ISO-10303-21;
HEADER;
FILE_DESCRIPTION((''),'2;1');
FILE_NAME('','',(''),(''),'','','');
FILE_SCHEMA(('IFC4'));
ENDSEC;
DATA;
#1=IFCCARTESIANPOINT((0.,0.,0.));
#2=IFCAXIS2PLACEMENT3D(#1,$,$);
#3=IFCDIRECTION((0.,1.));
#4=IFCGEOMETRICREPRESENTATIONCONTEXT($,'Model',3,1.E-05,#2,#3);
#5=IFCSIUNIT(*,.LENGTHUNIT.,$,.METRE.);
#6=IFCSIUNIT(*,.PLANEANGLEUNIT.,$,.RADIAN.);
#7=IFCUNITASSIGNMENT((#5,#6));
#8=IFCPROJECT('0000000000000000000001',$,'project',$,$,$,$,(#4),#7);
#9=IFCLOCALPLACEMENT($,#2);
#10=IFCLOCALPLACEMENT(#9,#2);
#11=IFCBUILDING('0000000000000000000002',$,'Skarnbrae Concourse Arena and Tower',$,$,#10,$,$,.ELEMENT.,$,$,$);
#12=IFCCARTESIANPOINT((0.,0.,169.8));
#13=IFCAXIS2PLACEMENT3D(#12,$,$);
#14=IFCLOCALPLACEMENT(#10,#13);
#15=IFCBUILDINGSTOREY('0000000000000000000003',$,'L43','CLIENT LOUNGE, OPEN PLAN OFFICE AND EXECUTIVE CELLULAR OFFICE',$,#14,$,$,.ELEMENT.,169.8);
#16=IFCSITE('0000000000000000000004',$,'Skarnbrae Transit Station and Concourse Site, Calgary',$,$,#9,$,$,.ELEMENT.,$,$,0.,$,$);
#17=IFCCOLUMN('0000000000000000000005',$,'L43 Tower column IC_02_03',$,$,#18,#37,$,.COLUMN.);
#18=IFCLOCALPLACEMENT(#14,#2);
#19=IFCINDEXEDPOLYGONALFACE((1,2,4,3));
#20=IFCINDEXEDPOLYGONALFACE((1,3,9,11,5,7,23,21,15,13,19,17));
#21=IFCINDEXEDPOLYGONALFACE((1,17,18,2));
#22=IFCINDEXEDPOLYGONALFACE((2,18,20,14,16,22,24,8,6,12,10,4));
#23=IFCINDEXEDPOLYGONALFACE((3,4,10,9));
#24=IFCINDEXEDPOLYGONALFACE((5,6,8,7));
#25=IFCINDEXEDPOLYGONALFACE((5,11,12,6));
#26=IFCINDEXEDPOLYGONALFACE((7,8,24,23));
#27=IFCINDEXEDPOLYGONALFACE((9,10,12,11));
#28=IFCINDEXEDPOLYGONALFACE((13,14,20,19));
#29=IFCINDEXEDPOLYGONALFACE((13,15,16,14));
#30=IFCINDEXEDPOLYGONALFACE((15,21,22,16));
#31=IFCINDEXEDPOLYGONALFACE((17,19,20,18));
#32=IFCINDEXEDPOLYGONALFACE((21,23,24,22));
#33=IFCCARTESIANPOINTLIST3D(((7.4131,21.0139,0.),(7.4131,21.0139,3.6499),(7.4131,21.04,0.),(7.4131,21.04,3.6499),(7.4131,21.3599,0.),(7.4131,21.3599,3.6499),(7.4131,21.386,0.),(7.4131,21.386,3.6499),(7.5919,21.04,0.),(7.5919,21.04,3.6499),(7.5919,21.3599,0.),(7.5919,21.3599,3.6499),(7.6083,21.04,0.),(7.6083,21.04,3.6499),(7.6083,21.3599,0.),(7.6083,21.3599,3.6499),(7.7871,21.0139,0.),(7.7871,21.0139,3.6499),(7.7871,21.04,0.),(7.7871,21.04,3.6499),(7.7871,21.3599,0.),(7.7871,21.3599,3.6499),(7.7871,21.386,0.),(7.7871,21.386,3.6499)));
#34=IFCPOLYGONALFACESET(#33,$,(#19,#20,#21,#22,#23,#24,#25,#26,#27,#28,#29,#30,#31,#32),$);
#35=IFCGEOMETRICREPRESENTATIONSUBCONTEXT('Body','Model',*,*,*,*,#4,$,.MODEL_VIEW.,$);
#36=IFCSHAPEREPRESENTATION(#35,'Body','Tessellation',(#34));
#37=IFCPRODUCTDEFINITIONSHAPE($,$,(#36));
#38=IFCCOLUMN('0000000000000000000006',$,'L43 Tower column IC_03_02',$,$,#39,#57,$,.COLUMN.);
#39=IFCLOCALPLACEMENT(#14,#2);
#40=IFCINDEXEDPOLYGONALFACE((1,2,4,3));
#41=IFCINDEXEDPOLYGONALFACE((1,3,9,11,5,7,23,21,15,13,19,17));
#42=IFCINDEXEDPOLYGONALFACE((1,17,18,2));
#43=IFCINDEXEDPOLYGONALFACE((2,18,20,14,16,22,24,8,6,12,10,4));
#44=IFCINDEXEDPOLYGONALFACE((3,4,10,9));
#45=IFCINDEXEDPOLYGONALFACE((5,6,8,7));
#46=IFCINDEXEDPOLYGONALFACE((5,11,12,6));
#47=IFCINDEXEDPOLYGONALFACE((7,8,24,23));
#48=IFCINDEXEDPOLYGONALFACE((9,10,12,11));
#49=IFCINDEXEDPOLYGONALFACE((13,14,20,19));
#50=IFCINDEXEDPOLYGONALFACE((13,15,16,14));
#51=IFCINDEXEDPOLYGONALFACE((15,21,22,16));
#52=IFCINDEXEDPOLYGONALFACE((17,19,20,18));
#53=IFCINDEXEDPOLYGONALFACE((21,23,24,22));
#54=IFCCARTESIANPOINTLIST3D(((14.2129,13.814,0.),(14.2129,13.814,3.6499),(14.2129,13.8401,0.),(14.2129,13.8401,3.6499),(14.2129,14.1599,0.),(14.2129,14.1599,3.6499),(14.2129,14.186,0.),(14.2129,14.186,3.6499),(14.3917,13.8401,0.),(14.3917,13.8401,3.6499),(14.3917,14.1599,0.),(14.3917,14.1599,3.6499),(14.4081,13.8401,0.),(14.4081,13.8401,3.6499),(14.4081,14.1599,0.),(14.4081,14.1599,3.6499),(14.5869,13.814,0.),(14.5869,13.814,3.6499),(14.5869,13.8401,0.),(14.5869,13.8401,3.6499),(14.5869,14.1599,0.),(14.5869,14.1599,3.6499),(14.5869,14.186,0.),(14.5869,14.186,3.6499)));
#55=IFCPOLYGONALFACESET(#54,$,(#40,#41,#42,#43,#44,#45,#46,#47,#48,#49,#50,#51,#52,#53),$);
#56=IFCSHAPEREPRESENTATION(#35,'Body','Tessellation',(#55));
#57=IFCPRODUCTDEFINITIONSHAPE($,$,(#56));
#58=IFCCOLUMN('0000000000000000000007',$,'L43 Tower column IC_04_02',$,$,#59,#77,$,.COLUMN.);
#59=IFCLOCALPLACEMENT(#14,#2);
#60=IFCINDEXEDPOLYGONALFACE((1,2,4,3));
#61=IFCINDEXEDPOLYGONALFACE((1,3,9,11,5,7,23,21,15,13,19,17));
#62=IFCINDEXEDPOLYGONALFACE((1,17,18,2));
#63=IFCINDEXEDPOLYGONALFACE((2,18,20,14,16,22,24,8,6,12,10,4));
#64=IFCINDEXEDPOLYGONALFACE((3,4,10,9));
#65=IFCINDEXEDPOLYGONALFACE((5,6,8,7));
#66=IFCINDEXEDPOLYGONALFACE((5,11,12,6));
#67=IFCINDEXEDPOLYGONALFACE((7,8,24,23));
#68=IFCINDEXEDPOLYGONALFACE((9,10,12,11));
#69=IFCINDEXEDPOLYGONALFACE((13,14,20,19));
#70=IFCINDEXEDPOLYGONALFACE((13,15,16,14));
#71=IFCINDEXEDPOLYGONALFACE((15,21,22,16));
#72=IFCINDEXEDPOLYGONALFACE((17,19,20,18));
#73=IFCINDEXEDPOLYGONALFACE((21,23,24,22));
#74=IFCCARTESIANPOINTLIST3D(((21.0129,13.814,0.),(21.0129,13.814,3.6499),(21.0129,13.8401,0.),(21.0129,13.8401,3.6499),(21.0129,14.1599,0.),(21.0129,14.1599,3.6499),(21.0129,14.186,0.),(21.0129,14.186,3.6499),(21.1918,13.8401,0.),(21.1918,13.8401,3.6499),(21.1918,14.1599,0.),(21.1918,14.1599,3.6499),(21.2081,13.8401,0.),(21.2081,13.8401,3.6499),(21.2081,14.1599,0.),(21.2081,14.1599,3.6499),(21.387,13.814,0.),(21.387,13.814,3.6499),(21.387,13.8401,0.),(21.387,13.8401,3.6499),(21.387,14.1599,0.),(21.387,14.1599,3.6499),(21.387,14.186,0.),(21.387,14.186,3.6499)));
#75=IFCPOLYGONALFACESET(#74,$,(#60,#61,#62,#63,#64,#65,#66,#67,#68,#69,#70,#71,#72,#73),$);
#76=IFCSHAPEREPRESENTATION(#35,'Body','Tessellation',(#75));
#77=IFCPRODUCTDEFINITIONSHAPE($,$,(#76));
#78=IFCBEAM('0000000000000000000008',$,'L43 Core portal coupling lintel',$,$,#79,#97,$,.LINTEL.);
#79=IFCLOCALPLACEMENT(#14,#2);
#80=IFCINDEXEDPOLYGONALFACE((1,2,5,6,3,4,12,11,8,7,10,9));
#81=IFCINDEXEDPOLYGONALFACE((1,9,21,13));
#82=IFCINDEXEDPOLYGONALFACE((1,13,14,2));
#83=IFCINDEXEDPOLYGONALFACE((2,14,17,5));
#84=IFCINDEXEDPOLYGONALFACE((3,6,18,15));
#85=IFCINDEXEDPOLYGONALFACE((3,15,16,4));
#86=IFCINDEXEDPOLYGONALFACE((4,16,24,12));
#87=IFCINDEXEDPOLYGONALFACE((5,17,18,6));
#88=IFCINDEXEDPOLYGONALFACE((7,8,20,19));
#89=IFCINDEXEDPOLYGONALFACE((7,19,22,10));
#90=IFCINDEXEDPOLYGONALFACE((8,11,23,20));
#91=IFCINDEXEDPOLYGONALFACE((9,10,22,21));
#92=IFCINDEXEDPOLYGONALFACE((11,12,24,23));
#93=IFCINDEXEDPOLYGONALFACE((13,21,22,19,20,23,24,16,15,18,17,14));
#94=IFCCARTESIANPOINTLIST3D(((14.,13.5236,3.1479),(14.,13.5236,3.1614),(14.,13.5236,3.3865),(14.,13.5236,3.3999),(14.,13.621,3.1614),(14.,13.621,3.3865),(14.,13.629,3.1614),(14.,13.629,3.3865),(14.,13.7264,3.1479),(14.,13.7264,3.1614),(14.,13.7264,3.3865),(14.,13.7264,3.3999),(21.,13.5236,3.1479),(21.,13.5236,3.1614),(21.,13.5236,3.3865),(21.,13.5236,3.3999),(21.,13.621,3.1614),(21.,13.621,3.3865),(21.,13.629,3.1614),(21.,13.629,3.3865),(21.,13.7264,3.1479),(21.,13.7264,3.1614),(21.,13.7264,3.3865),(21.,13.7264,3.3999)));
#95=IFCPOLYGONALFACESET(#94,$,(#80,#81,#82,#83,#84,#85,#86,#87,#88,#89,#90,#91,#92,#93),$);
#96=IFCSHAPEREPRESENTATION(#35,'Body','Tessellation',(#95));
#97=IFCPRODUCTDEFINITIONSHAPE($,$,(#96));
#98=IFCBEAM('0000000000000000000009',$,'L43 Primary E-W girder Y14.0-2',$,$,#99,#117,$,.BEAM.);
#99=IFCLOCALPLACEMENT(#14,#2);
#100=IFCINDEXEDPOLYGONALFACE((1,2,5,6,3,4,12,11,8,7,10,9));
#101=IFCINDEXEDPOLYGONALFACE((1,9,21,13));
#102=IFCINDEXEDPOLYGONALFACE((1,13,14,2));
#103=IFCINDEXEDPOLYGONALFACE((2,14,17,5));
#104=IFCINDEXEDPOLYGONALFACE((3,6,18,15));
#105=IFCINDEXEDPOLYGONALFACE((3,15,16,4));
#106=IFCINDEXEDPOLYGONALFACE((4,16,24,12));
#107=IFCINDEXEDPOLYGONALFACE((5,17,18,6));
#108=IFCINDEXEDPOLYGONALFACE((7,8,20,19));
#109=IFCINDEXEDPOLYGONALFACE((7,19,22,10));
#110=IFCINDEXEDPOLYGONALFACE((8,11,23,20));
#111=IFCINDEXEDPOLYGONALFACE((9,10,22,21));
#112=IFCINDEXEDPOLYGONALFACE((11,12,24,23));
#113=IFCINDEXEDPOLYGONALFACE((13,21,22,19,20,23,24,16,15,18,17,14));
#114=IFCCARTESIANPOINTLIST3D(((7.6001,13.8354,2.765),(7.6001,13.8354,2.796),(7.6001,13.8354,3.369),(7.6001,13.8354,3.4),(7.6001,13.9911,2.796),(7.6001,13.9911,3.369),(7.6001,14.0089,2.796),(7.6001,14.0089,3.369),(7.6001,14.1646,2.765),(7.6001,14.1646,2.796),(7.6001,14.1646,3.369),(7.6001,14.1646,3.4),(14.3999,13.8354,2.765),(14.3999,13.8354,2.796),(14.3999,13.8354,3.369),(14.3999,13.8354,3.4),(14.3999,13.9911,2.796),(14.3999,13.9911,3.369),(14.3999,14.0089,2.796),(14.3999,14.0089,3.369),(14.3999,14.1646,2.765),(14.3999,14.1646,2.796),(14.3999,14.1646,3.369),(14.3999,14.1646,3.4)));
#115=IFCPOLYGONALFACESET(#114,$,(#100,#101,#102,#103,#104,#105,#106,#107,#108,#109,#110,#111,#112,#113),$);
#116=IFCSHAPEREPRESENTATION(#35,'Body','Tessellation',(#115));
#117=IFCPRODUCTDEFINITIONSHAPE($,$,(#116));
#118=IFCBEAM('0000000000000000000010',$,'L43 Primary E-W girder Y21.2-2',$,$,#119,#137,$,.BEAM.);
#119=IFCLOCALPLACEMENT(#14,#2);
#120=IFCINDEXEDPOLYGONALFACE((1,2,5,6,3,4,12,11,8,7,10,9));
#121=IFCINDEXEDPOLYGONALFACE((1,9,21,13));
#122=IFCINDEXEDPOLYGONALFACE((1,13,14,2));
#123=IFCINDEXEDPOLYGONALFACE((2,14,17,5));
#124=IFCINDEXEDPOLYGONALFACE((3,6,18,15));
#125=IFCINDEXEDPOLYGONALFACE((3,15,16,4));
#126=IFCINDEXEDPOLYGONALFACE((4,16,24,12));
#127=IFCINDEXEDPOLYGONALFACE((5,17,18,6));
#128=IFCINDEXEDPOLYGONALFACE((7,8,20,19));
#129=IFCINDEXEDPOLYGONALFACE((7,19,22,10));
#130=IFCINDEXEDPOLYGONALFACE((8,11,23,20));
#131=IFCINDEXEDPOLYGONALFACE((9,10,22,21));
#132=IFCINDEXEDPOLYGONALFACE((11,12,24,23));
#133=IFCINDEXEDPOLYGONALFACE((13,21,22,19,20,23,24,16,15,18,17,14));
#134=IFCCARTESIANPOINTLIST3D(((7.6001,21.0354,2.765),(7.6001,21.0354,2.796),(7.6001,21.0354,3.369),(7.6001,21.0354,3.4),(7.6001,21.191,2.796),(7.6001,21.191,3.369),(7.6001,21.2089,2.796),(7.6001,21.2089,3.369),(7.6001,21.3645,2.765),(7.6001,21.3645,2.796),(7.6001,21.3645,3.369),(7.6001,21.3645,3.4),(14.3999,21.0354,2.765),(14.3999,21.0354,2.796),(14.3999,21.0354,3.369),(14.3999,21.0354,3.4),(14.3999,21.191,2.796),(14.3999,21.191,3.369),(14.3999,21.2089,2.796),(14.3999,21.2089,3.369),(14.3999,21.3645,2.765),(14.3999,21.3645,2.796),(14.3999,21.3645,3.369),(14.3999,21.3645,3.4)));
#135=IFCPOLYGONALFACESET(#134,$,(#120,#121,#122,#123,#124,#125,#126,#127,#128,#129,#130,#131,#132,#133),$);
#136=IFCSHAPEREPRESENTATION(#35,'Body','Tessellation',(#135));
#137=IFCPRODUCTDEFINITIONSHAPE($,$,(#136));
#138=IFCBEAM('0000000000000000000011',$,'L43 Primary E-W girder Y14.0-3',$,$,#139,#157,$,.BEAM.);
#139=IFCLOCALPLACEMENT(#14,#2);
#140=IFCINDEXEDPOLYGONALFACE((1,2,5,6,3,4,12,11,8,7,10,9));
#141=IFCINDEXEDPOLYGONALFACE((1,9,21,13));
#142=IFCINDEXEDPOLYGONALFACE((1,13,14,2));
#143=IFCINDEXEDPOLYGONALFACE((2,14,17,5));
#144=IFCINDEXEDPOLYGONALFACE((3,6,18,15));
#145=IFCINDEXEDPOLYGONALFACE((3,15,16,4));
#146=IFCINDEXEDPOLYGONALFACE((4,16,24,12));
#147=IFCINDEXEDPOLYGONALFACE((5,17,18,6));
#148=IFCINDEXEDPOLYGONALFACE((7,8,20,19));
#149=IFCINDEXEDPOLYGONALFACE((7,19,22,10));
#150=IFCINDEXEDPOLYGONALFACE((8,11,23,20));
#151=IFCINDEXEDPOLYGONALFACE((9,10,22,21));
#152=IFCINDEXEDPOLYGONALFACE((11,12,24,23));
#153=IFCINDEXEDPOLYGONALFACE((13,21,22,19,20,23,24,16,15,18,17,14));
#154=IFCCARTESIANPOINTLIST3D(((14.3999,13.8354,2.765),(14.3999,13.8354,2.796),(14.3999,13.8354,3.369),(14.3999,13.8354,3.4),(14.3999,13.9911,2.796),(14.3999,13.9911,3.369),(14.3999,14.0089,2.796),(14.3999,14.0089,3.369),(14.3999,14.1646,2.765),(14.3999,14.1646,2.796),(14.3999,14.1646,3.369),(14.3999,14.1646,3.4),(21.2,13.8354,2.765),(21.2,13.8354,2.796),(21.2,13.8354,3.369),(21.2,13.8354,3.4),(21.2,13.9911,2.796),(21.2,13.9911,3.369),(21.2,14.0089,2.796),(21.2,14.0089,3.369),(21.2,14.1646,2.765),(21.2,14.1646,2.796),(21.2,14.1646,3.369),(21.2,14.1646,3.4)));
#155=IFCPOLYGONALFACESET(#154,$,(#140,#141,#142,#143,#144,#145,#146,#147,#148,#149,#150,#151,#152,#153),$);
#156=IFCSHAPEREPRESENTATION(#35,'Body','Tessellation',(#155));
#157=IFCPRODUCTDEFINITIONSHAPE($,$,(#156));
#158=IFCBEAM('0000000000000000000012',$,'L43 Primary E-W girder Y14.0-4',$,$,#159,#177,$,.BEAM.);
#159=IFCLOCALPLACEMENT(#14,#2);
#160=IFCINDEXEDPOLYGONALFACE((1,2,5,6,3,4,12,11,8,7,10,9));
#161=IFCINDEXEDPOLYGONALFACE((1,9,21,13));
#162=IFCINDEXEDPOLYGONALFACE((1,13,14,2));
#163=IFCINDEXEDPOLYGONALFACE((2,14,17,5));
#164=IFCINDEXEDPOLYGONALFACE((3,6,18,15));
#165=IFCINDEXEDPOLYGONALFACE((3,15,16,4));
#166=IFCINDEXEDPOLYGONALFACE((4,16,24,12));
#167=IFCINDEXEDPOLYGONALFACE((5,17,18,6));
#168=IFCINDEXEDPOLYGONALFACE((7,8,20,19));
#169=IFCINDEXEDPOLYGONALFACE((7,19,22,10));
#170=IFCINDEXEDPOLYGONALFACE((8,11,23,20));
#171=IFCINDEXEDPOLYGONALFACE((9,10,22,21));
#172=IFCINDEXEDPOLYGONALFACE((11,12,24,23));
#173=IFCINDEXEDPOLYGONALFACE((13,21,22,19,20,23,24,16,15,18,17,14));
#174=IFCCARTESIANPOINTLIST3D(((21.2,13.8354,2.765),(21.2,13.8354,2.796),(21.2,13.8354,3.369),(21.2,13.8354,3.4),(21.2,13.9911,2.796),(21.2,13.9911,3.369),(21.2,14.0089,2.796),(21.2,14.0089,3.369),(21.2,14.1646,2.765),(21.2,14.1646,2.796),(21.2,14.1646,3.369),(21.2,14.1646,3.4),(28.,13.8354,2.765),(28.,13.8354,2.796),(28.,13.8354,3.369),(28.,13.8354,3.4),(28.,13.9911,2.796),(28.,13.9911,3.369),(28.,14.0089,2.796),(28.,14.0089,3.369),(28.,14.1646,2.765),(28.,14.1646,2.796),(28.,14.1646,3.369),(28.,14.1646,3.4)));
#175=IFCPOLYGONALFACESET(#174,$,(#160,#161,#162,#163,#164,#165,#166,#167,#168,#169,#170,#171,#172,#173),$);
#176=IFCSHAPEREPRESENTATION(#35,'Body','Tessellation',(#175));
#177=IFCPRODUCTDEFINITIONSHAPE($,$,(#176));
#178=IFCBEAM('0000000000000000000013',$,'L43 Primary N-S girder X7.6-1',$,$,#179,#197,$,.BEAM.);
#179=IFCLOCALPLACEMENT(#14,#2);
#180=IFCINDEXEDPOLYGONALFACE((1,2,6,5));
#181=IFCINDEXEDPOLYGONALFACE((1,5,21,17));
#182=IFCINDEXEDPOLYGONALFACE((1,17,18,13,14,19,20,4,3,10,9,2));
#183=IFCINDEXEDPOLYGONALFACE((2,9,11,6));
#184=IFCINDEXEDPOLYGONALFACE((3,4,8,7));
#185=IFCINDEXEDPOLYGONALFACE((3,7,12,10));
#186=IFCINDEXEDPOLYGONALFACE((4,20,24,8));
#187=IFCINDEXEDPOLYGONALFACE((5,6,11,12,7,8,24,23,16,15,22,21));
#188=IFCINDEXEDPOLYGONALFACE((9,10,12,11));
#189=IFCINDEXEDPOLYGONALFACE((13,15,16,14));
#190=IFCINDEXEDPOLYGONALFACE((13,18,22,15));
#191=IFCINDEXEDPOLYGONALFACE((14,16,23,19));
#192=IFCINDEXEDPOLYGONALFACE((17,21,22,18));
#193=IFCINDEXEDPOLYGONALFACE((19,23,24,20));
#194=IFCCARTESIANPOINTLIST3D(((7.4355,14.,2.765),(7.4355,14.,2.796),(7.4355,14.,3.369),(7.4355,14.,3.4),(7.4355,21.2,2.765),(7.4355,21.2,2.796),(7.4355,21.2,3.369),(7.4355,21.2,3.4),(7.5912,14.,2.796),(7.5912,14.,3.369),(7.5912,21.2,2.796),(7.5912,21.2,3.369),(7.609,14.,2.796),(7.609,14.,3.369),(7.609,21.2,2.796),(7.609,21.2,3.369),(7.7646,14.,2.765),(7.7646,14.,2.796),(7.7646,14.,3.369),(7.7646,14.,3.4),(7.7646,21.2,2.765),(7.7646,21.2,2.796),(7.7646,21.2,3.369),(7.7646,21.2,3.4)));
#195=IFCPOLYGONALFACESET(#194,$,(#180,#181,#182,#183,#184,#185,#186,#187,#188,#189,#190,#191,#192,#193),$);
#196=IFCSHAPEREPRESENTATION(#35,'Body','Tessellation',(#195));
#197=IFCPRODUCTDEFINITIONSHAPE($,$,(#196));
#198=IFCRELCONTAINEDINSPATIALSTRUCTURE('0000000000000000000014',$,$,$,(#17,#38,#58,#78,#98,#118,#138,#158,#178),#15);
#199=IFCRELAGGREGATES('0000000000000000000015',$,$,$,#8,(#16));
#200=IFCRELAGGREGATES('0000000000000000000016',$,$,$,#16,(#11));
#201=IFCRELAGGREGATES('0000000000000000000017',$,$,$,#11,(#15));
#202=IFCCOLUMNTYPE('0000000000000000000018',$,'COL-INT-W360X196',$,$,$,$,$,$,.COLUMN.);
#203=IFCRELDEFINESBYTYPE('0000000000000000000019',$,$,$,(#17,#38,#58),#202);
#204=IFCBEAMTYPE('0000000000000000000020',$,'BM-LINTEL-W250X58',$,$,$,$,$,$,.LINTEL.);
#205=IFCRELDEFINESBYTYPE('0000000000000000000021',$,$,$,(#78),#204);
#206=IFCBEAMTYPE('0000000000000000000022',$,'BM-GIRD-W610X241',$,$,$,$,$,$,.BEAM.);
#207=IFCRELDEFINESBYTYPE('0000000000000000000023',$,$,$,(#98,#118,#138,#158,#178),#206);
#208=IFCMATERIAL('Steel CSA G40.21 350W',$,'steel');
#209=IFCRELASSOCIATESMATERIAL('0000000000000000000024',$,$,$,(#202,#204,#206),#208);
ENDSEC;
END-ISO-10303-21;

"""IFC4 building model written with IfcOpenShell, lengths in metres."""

from ifc_helpers import new_model, si_unit, direction, frame, origin, origin_2d, place, context, subcontext, project, spatial, i_section, extrude, source, transform, mapped, material, material_profile, profile_set, type_object, element, save


model = new_model("IFC4")

# Units and contexts
model_context = context("Model", 3, precision=1e-05, world=origin(), true_north=direction((0.0, 1.0)))
body_context = subcontext(model_context, "Body", "Model", "MODEL_VIEW")
ifc_project = project(units=[si_unit("LENGTHUNIT", "METRE"), si_unit("PLANEANGLEUNIT", "RADIAN")], contexts=[model_context])

# Site, building, storey
site_placement = place(None, origin())
site = spatial("IfcSite", under=ifc_project, at=site_placement, Name="Skarnbrae Transit Station and Concourse Site, Calgary", CompositionType="ELEMENT", RefElevation=0.0)
building_placement = place(site_placement, origin())
building = spatial("IfcBuilding", under=site, at=building_placement, Name="Skarnbrae Concourse Arena and Tower", CompositionType="ELEMENT")
storey_placement = place(building_placement, frame((0.0, 0.0, 169.8)))
storey = spatial("IfcBuildingStorey", under=building, at=storey_placement, Name="L43", Description="CLIENT LOUNGE, OPEN PLAN OFFICE AND EXECUTIVE CELLULAR OFFICE", CompositionType="ELEMENT", Elevation=169.8)

# Columns
ifc_material_1 = material(Name="Steel CSA G40.21 350W", Category="steel")
ifc_material_profile_1 = material_profile(ifc_material_1, i_section(OverallWidth=0.374, OverallDepth=0.3721, WebThickness=0.0164, FlangeThickness=0.0261, at=origin_2d()), Name="W360X196")
ifc_profile_set_1 = profile_set([ifc_material_profile_1], Name="Steel CSA G40.21 350W")
column_type = type_object("IfcColumnType", Name="COL-INT-W360X196", PredefinedType="COLUMN", material=ifc_profile_set_1)
shared_shape_1 = source(origin(), body_context, "Body", "SweptSolid", [
    extrude(i_section(OverallWidth=0.374, OverallDepth=0.3721, WebThickness=0.0164, FlangeThickness=0.0261, at=origin_2d()), origin(), (0.0, 0.0, 1.0), 3.6499),
])
for number, where, z_axis, x_axis, name in (
    (1, (7.6001, 21.2, 0.0), (0.0, 0.0, 1.0), (1.0, 0.0, 0.0), "L43 Tower column IC_02_03"),
    (2, (14.3999, 14.0, 0.0), (0.0, 0.0, 1.0), (1.0, 0.0, 0.0), "L43 Tower column IC_03_02"),
    (3, (21.2, 14.0, 0.0), (0.0, 0.0, 1.0), (1.0, 0.0, 0.0), "L43 Tower column IC_04_02"),
):
    element("IfcColumn", number, at=place(storey_placement, frame(where, z_axis=z_axis, x_axis=x_axis)), inside=storey, type_object=column_type, Name=name, PredefinedType="COLUMN", context=body_context, shape_type="MappedRepresentation", body=[
        mapped(shared_shape_1, transform((0.0, 0.0, 0.0))),
    ])

# Beams
ifc_material_profile_2 = material_profile(ifc_material_1, i_section(OverallWidth=0.2029, OverallDepth=0.252, WebThickness=0.0081, FlangeThickness=0.0134, at=origin_2d()), Name="W250X58")
ifc_profile_set_2 = profile_set([ifc_material_profile_2], Name="Steel CSA G40.21 350W")
beam_type_1 = type_object("IfcBeamType", Name="BM-LINTEL-W250X58", PredefinedType="LINTEL", material=ifc_profile_set_2)
shared_shape_2 = source(origin(), body_context, "Body", "SweptSolid", [
    extrude(i_section(OverallWidth=0.2029, OverallDepth=0.252, WebThickness=0.0081, FlangeThickness=0.0134, at=origin_2d()), origin(), (0.0, 0.0, 1.0), 7.0),
])
beam_placement = place(storey_placement, frame((14.0, 13.625, 3.2739), z_axis=(1.0, 0.0, 0.0), x_axis=(0.0, 1.0, 0.0)))
element("IfcBeam", 4, at=beam_placement, inside=storey, type_object=beam_type_1, Name="L43 Core portal coupling lintel", PredefinedType="LINTEL", context=body_context, shape_type="MappedRepresentation", body=[
    mapped(shared_shape_2, transform((0.0, 0.0, 0.0))),
])
ifc_material_profile_3 = material_profile(ifc_material_1, i_section(OverallWidth=0.3291, OverallDepth=0.635, WebThickness=0.0178, FlangeThickness=0.031, at=origin_2d()), Name="W610X241")
ifc_profile_set_3 = profile_set([ifc_material_profile_3], Name="Steel CSA G40.21 350W")
beam_type_2 = type_object("IfcBeamType", Name="BM-GIRD-W610X241", PredefinedType="BEAM", material=ifc_profile_set_3)
shared_shape_3 = source(origin(), body_context, "Body", "SweptSolid", [
    extrude(i_section(OverallWidth=0.3291, OverallDepth=0.635, WebThickness=0.0178, FlangeThickness=0.031, at=origin_2d()), origin(), (0.0, 0.0, 1.0), 6.7998),
])
for number, where, z_axis, x_axis, name in (
    (5, (7.6001, 14.0, 3.0825), (1.0, 0.0, 0.0), (0.0, 1.0, 0.0), "L43 Primary E-W girder Y14.0-2"),
    (6, (7.6001, 21.2, 3.0825), (1.0, 0.0, 0.0), (0.0, 1.0, 0.0), "L43 Primary E-W girder Y21.2-2"),
):
    element("IfcBeam", number, at=place(storey_placement, frame(where, z_axis=z_axis, x_axis=x_axis)), inside=storey, type_object=beam_type_2, Name=name, PredefinedType="BEAM", context=body_context, shape_type="MappedRepresentation", body=[
        mapped(shared_shape_3, transform((0.0, 0.0, 0.0))),
    ])
shared_shape_4 = source(origin(), body_context, "Body", "SweptSolid", [
    extrude(i_section(OverallWidth=0.3291, OverallDepth=0.635, WebThickness=0.0178, FlangeThickness=0.031, at=origin_2d()), origin(), (0.0, 0.0, 1.0), 6.8),
])
for number, where, z_axis, x_axis, name in (
    (7, (14.3999, 14.0, 3.0825), (1.0, 0.0, 0.0), (0.0, 1.0, 0.0), "L43 Primary E-W girder Y14.0-3"),
    (8, (21.2, 14.0, 3.0825), (1.0, 0.0, 0.0), (0.0, 1.0, 0.0), "L43 Primary E-W girder Y14.0-4"),
):
    element("IfcBeam", number, at=place(storey_placement, frame(where, z_axis=z_axis, x_axis=x_axis)), inside=storey, type_object=beam_type_2, Name=name, PredefinedType="BEAM", context=body_context, shape_type="MappedRepresentation", body=[
        mapped(shared_shape_4, transform((0.0, 0.0, 0.0))),
    ])
shared_shape_5 = source(origin(), body_context, "Body", "SweptSolid", [
    extrude(i_section(OverallWidth=0.3291, OverallDepth=0.635, WebThickness=0.0178, FlangeThickness=0.031, at=origin_2d()), origin(), (0.0, 0.0, 1.0), 7.2),
])
for number, where, z_axis, x_axis, name in (
    (9, (7.6001, 14.0, 3.0825), (0.0, 1.0, 0.0), (-1.0, 0.0, 0.0), "L43 Primary N-S girder X7.6-1"),
):
    element("IfcBeam", number, at=place(storey_placement, frame(where, z_axis=z_axis, x_axis=x_axis)), inside=storey, type_object=beam_type_2, Name=name, PredefinedType="BEAM", context=body_context, shape_type="MappedRepresentation", body=[
        mapped(shared_shape_5, transform((0.0, 0.0, 0.0))),
    ])

save(model, "model.ifc")
